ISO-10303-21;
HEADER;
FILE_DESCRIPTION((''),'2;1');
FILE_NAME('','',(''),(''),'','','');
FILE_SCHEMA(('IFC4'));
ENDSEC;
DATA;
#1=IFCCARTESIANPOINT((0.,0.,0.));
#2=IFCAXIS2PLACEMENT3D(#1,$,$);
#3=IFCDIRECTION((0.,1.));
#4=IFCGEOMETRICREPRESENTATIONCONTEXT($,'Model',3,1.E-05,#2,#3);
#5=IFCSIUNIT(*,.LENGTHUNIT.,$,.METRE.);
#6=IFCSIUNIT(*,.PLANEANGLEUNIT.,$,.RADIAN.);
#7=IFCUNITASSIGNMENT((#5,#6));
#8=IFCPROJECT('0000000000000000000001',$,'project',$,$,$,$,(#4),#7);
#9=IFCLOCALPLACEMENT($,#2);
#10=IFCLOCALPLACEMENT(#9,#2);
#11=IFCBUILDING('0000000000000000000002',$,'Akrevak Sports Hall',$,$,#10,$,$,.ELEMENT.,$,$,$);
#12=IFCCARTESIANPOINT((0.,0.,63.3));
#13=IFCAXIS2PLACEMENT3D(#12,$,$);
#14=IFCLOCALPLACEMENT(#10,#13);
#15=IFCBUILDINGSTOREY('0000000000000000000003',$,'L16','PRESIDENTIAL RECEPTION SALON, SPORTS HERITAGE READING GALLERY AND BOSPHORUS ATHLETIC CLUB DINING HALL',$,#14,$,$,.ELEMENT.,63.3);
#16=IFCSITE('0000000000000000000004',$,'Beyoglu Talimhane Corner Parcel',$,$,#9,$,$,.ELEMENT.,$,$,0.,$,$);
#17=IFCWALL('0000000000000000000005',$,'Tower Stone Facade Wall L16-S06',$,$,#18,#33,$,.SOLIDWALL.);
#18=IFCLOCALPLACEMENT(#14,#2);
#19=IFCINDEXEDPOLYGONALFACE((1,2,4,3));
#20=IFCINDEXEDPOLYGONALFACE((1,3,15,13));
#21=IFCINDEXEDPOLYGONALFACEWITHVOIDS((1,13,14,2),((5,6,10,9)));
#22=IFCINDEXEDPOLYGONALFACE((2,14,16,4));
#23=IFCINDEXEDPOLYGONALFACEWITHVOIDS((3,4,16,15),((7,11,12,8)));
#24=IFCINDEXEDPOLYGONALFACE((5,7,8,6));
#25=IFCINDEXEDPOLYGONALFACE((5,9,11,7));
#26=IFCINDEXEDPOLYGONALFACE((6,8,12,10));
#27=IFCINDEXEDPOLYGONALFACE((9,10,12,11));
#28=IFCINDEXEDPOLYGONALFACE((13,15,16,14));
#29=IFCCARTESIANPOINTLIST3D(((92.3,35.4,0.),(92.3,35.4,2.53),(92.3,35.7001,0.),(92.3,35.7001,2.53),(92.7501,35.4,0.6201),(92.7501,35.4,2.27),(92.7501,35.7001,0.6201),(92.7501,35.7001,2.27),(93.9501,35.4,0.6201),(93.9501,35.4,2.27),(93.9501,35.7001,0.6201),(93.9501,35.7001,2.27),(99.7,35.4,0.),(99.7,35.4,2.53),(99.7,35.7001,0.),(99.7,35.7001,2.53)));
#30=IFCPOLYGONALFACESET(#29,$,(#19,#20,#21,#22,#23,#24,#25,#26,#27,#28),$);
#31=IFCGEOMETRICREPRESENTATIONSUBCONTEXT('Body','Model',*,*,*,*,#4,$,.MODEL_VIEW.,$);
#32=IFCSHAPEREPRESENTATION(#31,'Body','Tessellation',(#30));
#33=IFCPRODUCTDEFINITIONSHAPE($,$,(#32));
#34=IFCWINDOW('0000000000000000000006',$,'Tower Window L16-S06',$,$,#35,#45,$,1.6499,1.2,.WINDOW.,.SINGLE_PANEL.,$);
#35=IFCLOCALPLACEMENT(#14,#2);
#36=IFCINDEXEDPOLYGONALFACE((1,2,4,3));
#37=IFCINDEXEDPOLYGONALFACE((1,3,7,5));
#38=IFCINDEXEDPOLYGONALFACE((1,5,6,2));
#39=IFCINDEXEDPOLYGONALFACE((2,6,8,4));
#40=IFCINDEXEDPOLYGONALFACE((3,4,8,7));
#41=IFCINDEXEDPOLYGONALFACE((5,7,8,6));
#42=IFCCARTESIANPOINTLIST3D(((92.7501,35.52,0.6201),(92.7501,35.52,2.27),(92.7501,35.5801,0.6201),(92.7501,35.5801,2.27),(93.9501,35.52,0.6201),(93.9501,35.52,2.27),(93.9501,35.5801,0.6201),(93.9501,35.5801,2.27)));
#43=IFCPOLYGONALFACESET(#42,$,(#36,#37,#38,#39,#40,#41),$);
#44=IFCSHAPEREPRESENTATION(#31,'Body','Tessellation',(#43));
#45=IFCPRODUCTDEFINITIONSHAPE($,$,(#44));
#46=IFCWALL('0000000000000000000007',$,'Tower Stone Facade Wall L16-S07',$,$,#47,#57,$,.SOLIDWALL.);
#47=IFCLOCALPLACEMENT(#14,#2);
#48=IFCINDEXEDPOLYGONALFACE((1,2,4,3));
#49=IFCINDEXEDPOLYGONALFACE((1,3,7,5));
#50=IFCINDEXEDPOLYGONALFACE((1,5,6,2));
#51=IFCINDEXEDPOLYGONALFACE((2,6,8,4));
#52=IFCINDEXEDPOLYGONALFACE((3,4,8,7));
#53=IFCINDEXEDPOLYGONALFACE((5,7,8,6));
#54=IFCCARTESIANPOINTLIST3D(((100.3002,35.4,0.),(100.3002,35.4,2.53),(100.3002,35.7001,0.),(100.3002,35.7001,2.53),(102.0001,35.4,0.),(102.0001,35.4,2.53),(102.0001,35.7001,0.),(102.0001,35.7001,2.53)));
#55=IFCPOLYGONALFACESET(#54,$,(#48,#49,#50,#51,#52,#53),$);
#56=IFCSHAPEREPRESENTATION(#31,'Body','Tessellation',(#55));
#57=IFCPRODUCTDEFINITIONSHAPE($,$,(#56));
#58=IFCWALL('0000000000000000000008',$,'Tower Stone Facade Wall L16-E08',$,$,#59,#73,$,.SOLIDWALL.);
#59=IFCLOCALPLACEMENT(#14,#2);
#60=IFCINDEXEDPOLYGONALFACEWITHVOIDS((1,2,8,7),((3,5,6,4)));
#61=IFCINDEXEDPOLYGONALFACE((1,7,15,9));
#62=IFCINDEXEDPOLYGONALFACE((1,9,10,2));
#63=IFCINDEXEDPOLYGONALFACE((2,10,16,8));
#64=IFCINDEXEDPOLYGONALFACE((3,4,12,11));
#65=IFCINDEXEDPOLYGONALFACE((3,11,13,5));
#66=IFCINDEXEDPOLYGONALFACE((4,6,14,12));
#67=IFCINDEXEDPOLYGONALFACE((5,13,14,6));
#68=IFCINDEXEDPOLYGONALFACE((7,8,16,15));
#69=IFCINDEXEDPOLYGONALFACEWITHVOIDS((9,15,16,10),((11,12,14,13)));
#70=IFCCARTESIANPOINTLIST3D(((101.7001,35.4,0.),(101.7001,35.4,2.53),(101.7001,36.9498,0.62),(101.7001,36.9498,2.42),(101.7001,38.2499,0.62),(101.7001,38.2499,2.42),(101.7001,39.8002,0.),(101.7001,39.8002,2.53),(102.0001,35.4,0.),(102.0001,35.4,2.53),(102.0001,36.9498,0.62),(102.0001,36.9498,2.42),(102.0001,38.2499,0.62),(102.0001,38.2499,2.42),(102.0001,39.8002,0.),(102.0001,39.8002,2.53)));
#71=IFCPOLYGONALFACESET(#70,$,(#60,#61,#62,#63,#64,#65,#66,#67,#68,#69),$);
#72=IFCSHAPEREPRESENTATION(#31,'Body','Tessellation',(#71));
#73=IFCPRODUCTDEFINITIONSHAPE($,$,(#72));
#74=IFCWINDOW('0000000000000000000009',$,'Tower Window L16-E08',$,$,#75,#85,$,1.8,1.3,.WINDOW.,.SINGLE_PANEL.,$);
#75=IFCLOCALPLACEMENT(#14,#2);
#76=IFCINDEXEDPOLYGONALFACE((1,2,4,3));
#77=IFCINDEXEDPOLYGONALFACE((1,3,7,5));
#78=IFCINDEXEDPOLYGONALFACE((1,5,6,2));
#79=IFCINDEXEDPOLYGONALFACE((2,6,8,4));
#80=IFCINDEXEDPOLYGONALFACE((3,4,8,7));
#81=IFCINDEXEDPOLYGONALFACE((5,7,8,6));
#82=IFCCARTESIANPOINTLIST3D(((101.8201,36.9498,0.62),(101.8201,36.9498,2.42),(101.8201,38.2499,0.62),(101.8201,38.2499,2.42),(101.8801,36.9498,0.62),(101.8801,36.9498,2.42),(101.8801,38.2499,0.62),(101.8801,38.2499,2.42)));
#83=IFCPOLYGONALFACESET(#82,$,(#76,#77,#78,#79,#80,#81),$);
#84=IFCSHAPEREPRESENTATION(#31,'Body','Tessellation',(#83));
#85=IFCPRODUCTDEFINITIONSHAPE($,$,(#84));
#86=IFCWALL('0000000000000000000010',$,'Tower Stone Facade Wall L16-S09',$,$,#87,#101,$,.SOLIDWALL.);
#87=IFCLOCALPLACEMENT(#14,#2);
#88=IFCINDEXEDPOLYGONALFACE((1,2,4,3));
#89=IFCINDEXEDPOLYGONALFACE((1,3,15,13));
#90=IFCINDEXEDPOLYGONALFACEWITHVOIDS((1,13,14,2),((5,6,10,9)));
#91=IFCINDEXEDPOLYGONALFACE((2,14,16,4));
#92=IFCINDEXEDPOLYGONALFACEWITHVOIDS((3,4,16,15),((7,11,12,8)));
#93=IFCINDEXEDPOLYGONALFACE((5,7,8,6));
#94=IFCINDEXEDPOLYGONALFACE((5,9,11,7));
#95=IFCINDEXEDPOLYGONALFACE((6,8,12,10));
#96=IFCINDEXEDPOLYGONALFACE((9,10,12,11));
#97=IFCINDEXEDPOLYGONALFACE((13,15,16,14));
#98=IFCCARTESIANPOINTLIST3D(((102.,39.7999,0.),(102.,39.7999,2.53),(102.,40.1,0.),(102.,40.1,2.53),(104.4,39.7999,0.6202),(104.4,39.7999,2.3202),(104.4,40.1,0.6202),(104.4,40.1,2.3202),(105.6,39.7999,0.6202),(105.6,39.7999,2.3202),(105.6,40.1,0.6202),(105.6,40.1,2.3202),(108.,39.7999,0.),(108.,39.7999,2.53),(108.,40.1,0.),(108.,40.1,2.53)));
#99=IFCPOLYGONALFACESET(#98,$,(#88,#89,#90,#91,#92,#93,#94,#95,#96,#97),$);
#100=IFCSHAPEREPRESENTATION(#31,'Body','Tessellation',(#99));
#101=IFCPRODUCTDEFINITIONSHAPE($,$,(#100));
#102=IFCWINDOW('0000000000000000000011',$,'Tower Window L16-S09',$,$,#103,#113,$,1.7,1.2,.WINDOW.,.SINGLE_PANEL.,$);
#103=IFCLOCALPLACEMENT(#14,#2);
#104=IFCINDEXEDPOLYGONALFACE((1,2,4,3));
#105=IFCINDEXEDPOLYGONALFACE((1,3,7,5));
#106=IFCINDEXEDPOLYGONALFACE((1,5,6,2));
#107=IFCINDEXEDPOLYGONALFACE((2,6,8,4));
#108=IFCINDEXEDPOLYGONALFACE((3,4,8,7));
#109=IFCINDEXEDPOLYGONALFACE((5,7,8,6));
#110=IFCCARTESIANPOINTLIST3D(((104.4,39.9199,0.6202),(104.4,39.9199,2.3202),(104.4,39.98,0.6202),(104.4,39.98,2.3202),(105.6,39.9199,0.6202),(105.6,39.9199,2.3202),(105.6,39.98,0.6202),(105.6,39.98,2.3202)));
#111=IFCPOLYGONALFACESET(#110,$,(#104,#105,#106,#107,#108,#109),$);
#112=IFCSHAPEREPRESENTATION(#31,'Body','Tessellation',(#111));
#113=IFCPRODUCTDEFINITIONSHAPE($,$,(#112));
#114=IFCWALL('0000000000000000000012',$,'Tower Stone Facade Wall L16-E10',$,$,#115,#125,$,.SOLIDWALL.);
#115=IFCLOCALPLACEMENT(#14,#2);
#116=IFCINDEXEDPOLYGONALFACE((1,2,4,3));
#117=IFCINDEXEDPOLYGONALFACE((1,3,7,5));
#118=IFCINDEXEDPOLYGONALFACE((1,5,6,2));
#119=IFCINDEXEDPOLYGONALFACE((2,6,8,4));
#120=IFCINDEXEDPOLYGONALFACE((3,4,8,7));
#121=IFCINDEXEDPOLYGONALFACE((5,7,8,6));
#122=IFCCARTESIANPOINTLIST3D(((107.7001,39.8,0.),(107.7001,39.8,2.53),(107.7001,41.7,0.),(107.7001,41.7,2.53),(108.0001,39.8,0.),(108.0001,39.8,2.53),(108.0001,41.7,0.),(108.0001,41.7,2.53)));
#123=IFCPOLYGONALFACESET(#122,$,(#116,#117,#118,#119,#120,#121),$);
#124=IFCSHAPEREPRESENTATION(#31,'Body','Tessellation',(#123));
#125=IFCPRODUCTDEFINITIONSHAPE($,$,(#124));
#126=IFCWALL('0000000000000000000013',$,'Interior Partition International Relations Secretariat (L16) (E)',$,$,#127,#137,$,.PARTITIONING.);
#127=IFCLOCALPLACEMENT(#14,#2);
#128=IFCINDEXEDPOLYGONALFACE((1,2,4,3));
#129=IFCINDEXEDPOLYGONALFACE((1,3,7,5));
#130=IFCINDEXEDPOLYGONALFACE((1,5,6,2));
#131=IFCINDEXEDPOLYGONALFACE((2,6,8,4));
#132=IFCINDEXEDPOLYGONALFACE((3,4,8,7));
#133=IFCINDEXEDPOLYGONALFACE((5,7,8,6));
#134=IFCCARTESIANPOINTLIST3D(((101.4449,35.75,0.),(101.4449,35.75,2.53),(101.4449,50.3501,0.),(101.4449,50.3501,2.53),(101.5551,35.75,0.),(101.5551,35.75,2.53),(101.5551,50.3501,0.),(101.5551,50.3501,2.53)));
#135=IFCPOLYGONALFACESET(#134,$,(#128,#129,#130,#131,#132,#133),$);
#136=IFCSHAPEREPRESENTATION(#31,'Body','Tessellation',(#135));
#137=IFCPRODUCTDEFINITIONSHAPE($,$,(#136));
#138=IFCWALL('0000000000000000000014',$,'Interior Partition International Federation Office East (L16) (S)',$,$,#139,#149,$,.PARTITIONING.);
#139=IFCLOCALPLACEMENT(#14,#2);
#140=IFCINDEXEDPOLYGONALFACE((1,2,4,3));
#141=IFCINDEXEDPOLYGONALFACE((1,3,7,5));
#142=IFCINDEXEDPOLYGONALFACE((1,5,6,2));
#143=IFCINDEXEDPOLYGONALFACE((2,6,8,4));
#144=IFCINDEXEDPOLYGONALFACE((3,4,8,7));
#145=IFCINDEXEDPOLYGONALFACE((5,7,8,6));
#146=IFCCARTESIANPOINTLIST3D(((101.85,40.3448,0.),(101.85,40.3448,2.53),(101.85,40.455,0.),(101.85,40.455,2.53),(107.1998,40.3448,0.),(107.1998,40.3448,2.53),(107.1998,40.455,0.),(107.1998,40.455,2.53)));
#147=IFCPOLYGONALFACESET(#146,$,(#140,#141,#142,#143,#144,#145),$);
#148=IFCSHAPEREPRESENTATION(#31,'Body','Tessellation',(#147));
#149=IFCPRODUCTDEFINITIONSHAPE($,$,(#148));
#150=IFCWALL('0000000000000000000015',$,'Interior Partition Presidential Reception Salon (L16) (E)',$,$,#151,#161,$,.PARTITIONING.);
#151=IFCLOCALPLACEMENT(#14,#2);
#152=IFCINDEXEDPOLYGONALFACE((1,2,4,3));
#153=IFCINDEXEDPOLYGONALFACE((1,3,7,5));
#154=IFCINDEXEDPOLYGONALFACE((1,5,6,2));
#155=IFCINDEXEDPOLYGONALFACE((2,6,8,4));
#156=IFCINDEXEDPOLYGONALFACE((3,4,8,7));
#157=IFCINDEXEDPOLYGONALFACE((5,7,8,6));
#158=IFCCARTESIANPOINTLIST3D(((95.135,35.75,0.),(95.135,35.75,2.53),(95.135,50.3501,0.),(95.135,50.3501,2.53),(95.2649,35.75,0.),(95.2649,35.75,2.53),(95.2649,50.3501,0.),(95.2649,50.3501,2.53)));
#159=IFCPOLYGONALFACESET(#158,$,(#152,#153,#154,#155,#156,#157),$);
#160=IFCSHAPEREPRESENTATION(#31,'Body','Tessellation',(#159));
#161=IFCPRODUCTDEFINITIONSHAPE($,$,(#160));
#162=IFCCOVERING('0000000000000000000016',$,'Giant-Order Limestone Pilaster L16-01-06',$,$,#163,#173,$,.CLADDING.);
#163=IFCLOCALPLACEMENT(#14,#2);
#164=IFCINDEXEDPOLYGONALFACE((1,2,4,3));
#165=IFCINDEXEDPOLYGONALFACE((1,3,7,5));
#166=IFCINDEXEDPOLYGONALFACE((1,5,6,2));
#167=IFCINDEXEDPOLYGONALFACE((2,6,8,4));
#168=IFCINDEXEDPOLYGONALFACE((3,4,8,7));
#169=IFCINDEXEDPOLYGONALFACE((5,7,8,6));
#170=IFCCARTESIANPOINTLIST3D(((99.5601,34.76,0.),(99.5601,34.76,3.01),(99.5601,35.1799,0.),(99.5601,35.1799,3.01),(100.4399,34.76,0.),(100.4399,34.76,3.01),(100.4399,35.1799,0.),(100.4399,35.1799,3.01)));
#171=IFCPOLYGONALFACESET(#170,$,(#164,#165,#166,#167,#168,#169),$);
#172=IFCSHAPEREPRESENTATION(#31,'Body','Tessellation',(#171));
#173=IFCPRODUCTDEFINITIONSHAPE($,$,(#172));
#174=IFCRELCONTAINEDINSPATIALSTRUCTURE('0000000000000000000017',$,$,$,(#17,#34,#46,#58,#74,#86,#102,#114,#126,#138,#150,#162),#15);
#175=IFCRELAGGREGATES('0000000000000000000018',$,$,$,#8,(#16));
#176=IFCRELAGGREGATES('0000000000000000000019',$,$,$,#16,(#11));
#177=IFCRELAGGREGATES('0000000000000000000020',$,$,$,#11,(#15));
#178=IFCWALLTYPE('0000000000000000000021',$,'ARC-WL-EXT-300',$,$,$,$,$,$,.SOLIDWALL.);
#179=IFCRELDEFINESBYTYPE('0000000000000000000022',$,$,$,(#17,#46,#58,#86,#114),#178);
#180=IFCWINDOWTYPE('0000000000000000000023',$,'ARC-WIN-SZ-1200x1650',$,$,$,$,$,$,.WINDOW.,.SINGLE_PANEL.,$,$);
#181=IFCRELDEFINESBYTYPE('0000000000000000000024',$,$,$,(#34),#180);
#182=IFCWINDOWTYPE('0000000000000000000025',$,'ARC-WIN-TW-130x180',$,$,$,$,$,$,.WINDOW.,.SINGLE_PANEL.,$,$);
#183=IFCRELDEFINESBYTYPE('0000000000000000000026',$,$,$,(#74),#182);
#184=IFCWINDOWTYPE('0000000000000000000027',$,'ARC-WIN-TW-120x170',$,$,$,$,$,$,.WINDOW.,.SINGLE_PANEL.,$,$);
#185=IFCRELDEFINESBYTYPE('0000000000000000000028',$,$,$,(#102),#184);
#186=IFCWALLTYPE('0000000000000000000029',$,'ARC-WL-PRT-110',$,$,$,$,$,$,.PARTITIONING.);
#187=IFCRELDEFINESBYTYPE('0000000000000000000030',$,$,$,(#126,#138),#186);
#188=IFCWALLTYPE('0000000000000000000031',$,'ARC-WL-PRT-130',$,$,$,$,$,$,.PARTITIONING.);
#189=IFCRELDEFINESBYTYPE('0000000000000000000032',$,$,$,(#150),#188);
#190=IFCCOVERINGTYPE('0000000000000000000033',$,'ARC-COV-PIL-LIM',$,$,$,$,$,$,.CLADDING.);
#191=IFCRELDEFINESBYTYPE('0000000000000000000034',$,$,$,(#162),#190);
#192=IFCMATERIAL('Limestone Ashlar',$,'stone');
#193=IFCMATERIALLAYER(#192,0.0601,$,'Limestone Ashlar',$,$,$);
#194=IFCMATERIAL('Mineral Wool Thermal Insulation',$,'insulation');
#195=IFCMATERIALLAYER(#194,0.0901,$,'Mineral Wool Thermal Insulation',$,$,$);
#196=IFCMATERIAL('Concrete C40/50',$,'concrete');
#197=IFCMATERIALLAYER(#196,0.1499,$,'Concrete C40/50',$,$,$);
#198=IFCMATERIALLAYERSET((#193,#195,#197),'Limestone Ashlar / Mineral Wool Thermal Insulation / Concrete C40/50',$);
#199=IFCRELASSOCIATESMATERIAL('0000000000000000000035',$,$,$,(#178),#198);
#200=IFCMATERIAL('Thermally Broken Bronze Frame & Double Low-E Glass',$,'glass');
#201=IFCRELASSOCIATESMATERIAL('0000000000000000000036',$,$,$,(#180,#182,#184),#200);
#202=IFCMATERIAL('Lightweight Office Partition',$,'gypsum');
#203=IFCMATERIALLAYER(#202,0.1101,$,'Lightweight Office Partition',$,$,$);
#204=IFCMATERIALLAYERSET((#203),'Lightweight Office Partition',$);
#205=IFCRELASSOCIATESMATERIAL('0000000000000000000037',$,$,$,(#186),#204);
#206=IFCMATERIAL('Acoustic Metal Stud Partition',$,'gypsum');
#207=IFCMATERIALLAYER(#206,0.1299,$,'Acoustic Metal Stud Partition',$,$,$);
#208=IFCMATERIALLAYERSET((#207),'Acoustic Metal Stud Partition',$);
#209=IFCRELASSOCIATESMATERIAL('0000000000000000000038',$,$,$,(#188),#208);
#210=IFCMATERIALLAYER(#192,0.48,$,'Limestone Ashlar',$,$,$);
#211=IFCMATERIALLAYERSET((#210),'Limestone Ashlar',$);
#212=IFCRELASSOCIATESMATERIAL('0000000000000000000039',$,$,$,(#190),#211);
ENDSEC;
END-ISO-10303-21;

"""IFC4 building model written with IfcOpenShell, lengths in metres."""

from ifc_helpers import new_model, si_unit, direction, frame, frame_2d, origin, origin_2d, place, context, subcontext, project, spatial, rectangle, extrude, material, layer, layer_set, type_object, element, fill, save


model = new_model("IFC4")

# Units and contexts
model_context = context("Model", 3, precision=1e-05, world=origin(), true_north=direction((0.0, 1.0)))
body_context = subcontext(model_context, "Body", "Model", "MODEL_VIEW")
ifc_project = project(units=[si_unit("LENGTHUNIT", "METRE"), si_unit("PLANEANGLEUNIT", "RADIAN")], contexts=[model_context])

# Site, building, storey
site_placement = place(None, origin())
site = spatial("IfcSite", under=ifc_project, at=site_placement, Name="Beyoglu Talimhane Corner Parcel", CompositionType="ELEMENT", RefElevation=0.0)
building_placement = place(site_placement, origin())
building = spatial("IfcBuilding", under=site, at=building_placement, Name="Akrevak Sports Hall", CompositionType="ELEMENT")
storey_placement = place(building_placement, frame((0.0, 0.0, 63.3)))
storey = spatial("IfcBuildingStorey", under=building, at=storey_placement, Name="L16", Description="PRESIDENTIAL RECEPTION SALON, SPORTS HERITAGE READING GALLERY AND BOSPHORUS ATHLETIC CLUB DINING HALL", CompositionType="ELEMENT", Elevation=63.3)

# Shared definitions
ifc_material_1 = material(Name="Concrete C40/50", Category="concrete")

# Wall, opening, window
ifc_material_2 = material(Name="Limestone Ashlar", Category="stone")
ifc_layer_1 = layer(ifc_material_2, 0.0601, Name="Limestone Ashlar")
ifc_material_3 = material(Name="Mineral Wool Thermal Insulation", Category="insulation")
ifc_layer_2 = layer(ifc_material_3, 0.0901, Name="Mineral Wool Thermal Insulation")
ifc_layer_3 = layer(ifc_material_1, 0.1499, Name="Concrete C40/50")
ifc_layer_set_1 = layer_set([ifc_layer_1, ifc_layer_2, ifc_layer_3], Name="Limestone Ashlar / Mineral Wool Thermal Insulation / Concrete C40/50")
wall_type_1 = type_object("IfcWallType", Name="ARC-WL-EXT-300", PredefinedType="SOLIDWALL", material=ifc_layer_set_1)
wall_1_placement = place(storey_placement, frame((92.3, 35.55, 0.0), z_axis=(0.0, 0.0, 1.0), x_axis=(1.0, 0.0, 0.0)))
wall_1 = element("IfcWall", 1, at=wall_1_placement, inside=storey, type_object=wall_type_1, Name="Tower Stone Facade Wall L16-S06", PredefinedType="SOLIDWALL", context=body_context, shape_type="SweptSolid", body=[
    extrude(rectangle(XDim=7.3999, YDim=0.3, at=frame_2d((3.7, 0.0))), origin(), (0.0, 0.0, 1.0), 2.53),
])
opening_1_placement = place(wall_1_placement, frame((0.45, 0.0, 0.6201)))
opening_1 = element("IfcOpeningElement", 2, at=opening_1_placement, cuts=wall_1, PredefinedType="OPENING", context=body_context, shape_type="SweptSolid", body=[
    extrude(rectangle(XDim=1.2, YDim=1.6499, at=frame_2d((0.6001, 0.825))), frame((0.0, 0.1621, 0.0), z_axis=(0.0, -1.0, 0.0), x_axis=(1.0, 0.0, 0.0)), (0.0, 0.0, 1.0), 0.324),
])
ifc_material_4 = material(Name="Thermally Broken Bronze Frame & Double Low-E Glass", Category="glass")
window_type_1 = type_object("IfcWindowType", Name="ARC-WIN-SZ-1200x1650", PartitioningType="SINGLE_PANEL", PredefinedType="WINDOW", material=ifc_material_4)
window_1_placement = place(opening_1_placement, origin())
window_1 = element("IfcWindow", 3, at=window_1_placement, inside=storey, type_object=window_type_1, Name="Tower Window L16-S06", OverallHeight=1.6499, OverallWidth=1.2, PartitioningType="SINGLE_PANEL", PredefinedType="WINDOW", context=body_context, shape_type="SweptSolid", body=[
    extrude(rectangle(XDim=1.2, YDim=1.6499, at=frame_2d((0.6001, 0.825))), frame((0.0, 0.03, 0.0), z_axis=(0.0, -1.0, 0.0), x_axis=(1.0, 0.0, 0.0)), (0.0, 0.0, 1.0), 0.0601),
])
fill(opening_1, window_1)

# Wall
wall_2_placement = place(storey_placement, frame((100.3, 35.55, 0.0), z_axis=(0.0, 0.0, 1.0), x_axis=(1.0, 0.0, 0.0)))
element("IfcWall", 4, at=wall_2_placement, inside=storey, type_object=wall_type_1, Name="Tower Stone Facade Wall L16-S07", PredefinedType="SOLIDWALL", context=body_context, shape_type="SweptSolid", body=[
    extrude(rectangle(XDim=1.7, YDim=0.3, at=frame_2d((0.8501, 0.0))), origin(), (0.0, 0.0, 1.0), 2.53),
])

# Walls, openings, windows
wall_3_placement = place(storey_placement, frame((101.8501, 35.3999, 0.0), z_axis=(0.0, 0.0, 1.0), x_axis=(0.0, 1.0, 0.0)))
wall_3 = element("IfcWall", 5, at=wall_3_placement, inside=storey, type_object=wall_type_1, Name="Tower Stone Facade Wall L16-E08", PredefinedType="SOLIDWALL", context=body_context, shape_type="SweptSolid", body=[
    extrude(rectangle(XDim=4.4001, YDim=0.3, at=frame_2d((2.2002, 0.0))), origin(), (0.0, 0.0, 1.0), 2.53),
])
opening_2_placement = place(wall_3_placement, frame((1.55, 0.0, 0.6201)))
opening_2 = element("IfcOpeningElement", 6, at=opening_2_placement, cuts=wall_3, PredefinedType="OPENING", context=body_context, shape_type="SweptSolid", body=[
    extrude(rectangle(XDim=1.3, YDim=1.8, at=frame_2d((0.6499, 0.8999))), frame((0.0, 0.1621, 0.0), z_axis=(0.0, -1.0, 0.0), x_axis=(1.0, 0.0, 0.0)), (0.0, 0.0, 1.0), 0.324),
])
window_type_2 = type_object("IfcWindowType", Name="ARC-WIN-TW-130x180", PartitioningType="SINGLE_PANEL", PredefinedType="WINDOW", material=ifc_material_4)
window_2_placement = place(opening_2_placement, origin())
window_2 = element("IfcWindow", 7, at=window_2_placement, inside=storey, type_object=window_type_2, Name="Tower Window L16-E08", OverallHeight=1.8, OverallWidth=1.3, PartitioningType="SINGLE_PANEL", PredefinedType="WINDOW", context=body_context, shape_type="SweptSolid", body=[
    extrude(rectangle(XDim=1.3, YDim=1.8, at=frame_2d((0.6499, 0.8999))), frame((0.0, 0.03, 0.0), z_axis=(0.0, -1.0, 0.0), x_axis=(1.0, 0.0, 0.0)), (0.0, 0.0, 1.0), 0.0601),
])
fill(opening_2, window_2)
wall_4_placement = place(storey_placement, frame((102.0, 39.95, 0.0), z_axis=(0.0, 0.0, 1.0), x_axis=(1.0, 0.0, 0.0)))
wall_4 = element("IfcWall", 8, at=wall_4_placement, inside=storey, type_object=wall_type_1, Name="Tower Stone Facade Wall L16-S09", PredefinedType="SOLIDWALL", context=body_context, shape_type="SweptSolid", body=[
    extrude(rectangle(XDim=6.0, YDim=0.3, at=frame_2d((3.0, 0.0))), origin(), (0.0, 0.0, 1.0), 2.53),
])
opening_3_placement = place(wall_4_placement, frame((2.3999, 0.0, 0.6201)))
opening_3 = element("IfcOpeningElement", 9, at=opening_3_placement, cuts=wall_4, PredefinedType="OPENING", context=body_context, shape_type="SweptSolid", body=[
    extrude(rectangle(XDim=1.2, YDim=1.7, at=frame_2d((0.6001, 0.8501))), frame((0.0, 0.1621, 0.0), z_axis=(0.0, -1.0, 0.0), x_axis=(1.0, 0.0, 0.0)), (0.0, 0.0, 1.0), 0.324),
])
window_type_3 = type_object("IfcWindowType", Name="ARC-WIN-TW-120x170", PartitioningType="SINGLE_PANEL", PredefinedType="WINDOW", material=ifc_material_4)
window_3_placement = place(opening_3_placement, origin())
window_3 = element("IfcWindow", 10, at=window_3_placement, inside=storey, type_object=window_type_3, Name="Tower Window L16-S09", OverallHeight=1.7, OverallWidth=1.2, PartitioningType="SINGLE_PANEL", PredefinedType="WINDOW", context=body_context, shape_type="SweptSolid", body=[
    extrude(rectangle(XDim=1.2, YDim=1.7, at=frame_2d((0.6001, 0.8501))), frame((0.0, 0.03, 0.0), z_axis=(0.0, -1.0, 0.0), x_axis=(1.0, 0.0, 0.0)), (0.0, 0.0, 1.0), 0.0601),
])
fill(opening_3, window_3)

# Walls
wall_5_placement = place(storey_placement, frame((107.8501, 39.8, 0.0), z_axis=(0.0, 0.0, 1.0), x_axis=(0.0, 1.0, 0.0)))
element("IfcWall", 11, at=wall_5_placement, inside=storey, type_object=wall_type_1, Name="Tower Stone Facade Wall L16-E10", PredefinedType="SOLIDWALL", context=body_context, shape_type="SweptSolid", body=[
    extrude(rectangle(XDim=1.8999, YDim=0.3, at=frame_2d((0.95, 0.0))), origin(), (0.0, 0.0, 1.0), 2.53),
])
ifc_material_5 = material(Name="Lightweight Office Partition", Category="gypsum")
ifc_layer_4 = layer(ifc_material_5, 0.1101, Name="Lightweight Office Partition")
ifc_layer_set_2 = layer_set([ifc_layer_4], Name="Lightweight Office Partition")
wall_type_2 = type_object("IfcWallType", Name="ARC-WL-PRT-110", PredefinedType="PARTITIONING", material=ifc_layer_set_2)
wall_6_placement = place(storey_placement, frame((101.5, 35.75, 0.0), z_axis=(0.0, 0.0, 1.0), x_axis=(0.0, 1.0, 0.0)))
element("IfcWall", 12, at=wall_6_placement, inside=storey, type_object=wall_type_2, Name="Interior Partition International Relations Secretariat (L16) (E)", PredefinedType="PARTITIONING", context=body_context, shape_type="SweptSolid", body=[
    extrude(rectangle(XDim=14.6001, YDim=0.1101, at=frame_2d((7.3, 0.0))), origin(), (0.0, 0.0, 1.0), 2.53),
])
wall_7_placement = place(storey_placement, frame((101.8501, 40.3999, 0.0), z_axis=(0.0, 0.0, 1.0), x_axis=(1.0, 0.0, 0.0)))
element("IfcWall", 13, at=wall_7_placement, inside=storey, type_object=wall_type_2, Name="Interior Partition International Federation Office East (L16) (S)", PredefinedType="PARTITIONING", context=body_context, shape_type="SweptSolid", body=[
    extrude(rectangle(XDim=5.3499, YDim=0.1101, at=frame_2d((2.6748, 0.0))), origin(), (0.0, 0.0, 1.0), 2.53),
])
ifc_material_6 = material(Name="Acoustic Metal Stud Partition", Category="gypsum")
ifc_layer_5 = layer(ifc_material_6, 0.1299, Name="Acoustic Metal Stud Partition")
ifc_layer_set_3 = layer_set([ifc_layer_5], Name="Acoustic Metal Stud Partition")
wall_type_3 = type_object("IfcWallType", Name="ARC-WL-PRT-130", PredefinedType="PARTITIONING", material=ifc_layer_set_3)
wall_8_placement = place(storey_placement, frame((95.2, 35.75, 0.0), z_axis=(0.0, 0.0, 1.0), x_axis=(0.0, 1.0, 0.0)))
element("IfcWall", 14, at=wall_8_placement, inside=storey, type_object=wall_type_3, Name="Interior Partition Presidential Reception Salon (L16) (E)", PredefinedType="PARTITIONING", context=body_context, shape_type="SweptSolid", body=[
    extrude(rectangle(XDim=14.6001, YDim=0.1299, at=frame_2d((7.3, 0.0))), origin(), (0.0, 0.0, 1.0), 2.53),
])

# Covering
ifc_layer_6 = layer(ifc_material_2, 0.48, Name="Limestone Ashlar")
ifc_layer_set_4 = layer_set([ifc_layer_6], Name="Limestone Ashlar")
covering_type = type_object("IfcCoveringType", Name="ARC-COV-PIL-LIM", PredefinedType="CLADDING", material=ifc_layer_set_4)
for number, where, z_axis, x_axis, name in (
    (15, (100.0, 34.97, 0.0), (0.0, 0.0, 1.0), (1.0, 0.0, 0.0), "Giant-Order Limestone Pilaster L16-01-06"),
):
    element("IfcCovering", number, at=place(storey_placement, frame(where, z_axis=z_axis, x_axis=x_axis)), inside=storey, type_object=covering_type, Name=name, PredefinedType="CLADDING", context=body_context, shape_type="SweptSolid", body=[
        extrude(rectangle(XDim=0.8799, YDim=0.4199, at=origin_2d()), origin(), (0.0, 0.0, 1.0), 3.01),
    ])

save(model, "model.ifc")
